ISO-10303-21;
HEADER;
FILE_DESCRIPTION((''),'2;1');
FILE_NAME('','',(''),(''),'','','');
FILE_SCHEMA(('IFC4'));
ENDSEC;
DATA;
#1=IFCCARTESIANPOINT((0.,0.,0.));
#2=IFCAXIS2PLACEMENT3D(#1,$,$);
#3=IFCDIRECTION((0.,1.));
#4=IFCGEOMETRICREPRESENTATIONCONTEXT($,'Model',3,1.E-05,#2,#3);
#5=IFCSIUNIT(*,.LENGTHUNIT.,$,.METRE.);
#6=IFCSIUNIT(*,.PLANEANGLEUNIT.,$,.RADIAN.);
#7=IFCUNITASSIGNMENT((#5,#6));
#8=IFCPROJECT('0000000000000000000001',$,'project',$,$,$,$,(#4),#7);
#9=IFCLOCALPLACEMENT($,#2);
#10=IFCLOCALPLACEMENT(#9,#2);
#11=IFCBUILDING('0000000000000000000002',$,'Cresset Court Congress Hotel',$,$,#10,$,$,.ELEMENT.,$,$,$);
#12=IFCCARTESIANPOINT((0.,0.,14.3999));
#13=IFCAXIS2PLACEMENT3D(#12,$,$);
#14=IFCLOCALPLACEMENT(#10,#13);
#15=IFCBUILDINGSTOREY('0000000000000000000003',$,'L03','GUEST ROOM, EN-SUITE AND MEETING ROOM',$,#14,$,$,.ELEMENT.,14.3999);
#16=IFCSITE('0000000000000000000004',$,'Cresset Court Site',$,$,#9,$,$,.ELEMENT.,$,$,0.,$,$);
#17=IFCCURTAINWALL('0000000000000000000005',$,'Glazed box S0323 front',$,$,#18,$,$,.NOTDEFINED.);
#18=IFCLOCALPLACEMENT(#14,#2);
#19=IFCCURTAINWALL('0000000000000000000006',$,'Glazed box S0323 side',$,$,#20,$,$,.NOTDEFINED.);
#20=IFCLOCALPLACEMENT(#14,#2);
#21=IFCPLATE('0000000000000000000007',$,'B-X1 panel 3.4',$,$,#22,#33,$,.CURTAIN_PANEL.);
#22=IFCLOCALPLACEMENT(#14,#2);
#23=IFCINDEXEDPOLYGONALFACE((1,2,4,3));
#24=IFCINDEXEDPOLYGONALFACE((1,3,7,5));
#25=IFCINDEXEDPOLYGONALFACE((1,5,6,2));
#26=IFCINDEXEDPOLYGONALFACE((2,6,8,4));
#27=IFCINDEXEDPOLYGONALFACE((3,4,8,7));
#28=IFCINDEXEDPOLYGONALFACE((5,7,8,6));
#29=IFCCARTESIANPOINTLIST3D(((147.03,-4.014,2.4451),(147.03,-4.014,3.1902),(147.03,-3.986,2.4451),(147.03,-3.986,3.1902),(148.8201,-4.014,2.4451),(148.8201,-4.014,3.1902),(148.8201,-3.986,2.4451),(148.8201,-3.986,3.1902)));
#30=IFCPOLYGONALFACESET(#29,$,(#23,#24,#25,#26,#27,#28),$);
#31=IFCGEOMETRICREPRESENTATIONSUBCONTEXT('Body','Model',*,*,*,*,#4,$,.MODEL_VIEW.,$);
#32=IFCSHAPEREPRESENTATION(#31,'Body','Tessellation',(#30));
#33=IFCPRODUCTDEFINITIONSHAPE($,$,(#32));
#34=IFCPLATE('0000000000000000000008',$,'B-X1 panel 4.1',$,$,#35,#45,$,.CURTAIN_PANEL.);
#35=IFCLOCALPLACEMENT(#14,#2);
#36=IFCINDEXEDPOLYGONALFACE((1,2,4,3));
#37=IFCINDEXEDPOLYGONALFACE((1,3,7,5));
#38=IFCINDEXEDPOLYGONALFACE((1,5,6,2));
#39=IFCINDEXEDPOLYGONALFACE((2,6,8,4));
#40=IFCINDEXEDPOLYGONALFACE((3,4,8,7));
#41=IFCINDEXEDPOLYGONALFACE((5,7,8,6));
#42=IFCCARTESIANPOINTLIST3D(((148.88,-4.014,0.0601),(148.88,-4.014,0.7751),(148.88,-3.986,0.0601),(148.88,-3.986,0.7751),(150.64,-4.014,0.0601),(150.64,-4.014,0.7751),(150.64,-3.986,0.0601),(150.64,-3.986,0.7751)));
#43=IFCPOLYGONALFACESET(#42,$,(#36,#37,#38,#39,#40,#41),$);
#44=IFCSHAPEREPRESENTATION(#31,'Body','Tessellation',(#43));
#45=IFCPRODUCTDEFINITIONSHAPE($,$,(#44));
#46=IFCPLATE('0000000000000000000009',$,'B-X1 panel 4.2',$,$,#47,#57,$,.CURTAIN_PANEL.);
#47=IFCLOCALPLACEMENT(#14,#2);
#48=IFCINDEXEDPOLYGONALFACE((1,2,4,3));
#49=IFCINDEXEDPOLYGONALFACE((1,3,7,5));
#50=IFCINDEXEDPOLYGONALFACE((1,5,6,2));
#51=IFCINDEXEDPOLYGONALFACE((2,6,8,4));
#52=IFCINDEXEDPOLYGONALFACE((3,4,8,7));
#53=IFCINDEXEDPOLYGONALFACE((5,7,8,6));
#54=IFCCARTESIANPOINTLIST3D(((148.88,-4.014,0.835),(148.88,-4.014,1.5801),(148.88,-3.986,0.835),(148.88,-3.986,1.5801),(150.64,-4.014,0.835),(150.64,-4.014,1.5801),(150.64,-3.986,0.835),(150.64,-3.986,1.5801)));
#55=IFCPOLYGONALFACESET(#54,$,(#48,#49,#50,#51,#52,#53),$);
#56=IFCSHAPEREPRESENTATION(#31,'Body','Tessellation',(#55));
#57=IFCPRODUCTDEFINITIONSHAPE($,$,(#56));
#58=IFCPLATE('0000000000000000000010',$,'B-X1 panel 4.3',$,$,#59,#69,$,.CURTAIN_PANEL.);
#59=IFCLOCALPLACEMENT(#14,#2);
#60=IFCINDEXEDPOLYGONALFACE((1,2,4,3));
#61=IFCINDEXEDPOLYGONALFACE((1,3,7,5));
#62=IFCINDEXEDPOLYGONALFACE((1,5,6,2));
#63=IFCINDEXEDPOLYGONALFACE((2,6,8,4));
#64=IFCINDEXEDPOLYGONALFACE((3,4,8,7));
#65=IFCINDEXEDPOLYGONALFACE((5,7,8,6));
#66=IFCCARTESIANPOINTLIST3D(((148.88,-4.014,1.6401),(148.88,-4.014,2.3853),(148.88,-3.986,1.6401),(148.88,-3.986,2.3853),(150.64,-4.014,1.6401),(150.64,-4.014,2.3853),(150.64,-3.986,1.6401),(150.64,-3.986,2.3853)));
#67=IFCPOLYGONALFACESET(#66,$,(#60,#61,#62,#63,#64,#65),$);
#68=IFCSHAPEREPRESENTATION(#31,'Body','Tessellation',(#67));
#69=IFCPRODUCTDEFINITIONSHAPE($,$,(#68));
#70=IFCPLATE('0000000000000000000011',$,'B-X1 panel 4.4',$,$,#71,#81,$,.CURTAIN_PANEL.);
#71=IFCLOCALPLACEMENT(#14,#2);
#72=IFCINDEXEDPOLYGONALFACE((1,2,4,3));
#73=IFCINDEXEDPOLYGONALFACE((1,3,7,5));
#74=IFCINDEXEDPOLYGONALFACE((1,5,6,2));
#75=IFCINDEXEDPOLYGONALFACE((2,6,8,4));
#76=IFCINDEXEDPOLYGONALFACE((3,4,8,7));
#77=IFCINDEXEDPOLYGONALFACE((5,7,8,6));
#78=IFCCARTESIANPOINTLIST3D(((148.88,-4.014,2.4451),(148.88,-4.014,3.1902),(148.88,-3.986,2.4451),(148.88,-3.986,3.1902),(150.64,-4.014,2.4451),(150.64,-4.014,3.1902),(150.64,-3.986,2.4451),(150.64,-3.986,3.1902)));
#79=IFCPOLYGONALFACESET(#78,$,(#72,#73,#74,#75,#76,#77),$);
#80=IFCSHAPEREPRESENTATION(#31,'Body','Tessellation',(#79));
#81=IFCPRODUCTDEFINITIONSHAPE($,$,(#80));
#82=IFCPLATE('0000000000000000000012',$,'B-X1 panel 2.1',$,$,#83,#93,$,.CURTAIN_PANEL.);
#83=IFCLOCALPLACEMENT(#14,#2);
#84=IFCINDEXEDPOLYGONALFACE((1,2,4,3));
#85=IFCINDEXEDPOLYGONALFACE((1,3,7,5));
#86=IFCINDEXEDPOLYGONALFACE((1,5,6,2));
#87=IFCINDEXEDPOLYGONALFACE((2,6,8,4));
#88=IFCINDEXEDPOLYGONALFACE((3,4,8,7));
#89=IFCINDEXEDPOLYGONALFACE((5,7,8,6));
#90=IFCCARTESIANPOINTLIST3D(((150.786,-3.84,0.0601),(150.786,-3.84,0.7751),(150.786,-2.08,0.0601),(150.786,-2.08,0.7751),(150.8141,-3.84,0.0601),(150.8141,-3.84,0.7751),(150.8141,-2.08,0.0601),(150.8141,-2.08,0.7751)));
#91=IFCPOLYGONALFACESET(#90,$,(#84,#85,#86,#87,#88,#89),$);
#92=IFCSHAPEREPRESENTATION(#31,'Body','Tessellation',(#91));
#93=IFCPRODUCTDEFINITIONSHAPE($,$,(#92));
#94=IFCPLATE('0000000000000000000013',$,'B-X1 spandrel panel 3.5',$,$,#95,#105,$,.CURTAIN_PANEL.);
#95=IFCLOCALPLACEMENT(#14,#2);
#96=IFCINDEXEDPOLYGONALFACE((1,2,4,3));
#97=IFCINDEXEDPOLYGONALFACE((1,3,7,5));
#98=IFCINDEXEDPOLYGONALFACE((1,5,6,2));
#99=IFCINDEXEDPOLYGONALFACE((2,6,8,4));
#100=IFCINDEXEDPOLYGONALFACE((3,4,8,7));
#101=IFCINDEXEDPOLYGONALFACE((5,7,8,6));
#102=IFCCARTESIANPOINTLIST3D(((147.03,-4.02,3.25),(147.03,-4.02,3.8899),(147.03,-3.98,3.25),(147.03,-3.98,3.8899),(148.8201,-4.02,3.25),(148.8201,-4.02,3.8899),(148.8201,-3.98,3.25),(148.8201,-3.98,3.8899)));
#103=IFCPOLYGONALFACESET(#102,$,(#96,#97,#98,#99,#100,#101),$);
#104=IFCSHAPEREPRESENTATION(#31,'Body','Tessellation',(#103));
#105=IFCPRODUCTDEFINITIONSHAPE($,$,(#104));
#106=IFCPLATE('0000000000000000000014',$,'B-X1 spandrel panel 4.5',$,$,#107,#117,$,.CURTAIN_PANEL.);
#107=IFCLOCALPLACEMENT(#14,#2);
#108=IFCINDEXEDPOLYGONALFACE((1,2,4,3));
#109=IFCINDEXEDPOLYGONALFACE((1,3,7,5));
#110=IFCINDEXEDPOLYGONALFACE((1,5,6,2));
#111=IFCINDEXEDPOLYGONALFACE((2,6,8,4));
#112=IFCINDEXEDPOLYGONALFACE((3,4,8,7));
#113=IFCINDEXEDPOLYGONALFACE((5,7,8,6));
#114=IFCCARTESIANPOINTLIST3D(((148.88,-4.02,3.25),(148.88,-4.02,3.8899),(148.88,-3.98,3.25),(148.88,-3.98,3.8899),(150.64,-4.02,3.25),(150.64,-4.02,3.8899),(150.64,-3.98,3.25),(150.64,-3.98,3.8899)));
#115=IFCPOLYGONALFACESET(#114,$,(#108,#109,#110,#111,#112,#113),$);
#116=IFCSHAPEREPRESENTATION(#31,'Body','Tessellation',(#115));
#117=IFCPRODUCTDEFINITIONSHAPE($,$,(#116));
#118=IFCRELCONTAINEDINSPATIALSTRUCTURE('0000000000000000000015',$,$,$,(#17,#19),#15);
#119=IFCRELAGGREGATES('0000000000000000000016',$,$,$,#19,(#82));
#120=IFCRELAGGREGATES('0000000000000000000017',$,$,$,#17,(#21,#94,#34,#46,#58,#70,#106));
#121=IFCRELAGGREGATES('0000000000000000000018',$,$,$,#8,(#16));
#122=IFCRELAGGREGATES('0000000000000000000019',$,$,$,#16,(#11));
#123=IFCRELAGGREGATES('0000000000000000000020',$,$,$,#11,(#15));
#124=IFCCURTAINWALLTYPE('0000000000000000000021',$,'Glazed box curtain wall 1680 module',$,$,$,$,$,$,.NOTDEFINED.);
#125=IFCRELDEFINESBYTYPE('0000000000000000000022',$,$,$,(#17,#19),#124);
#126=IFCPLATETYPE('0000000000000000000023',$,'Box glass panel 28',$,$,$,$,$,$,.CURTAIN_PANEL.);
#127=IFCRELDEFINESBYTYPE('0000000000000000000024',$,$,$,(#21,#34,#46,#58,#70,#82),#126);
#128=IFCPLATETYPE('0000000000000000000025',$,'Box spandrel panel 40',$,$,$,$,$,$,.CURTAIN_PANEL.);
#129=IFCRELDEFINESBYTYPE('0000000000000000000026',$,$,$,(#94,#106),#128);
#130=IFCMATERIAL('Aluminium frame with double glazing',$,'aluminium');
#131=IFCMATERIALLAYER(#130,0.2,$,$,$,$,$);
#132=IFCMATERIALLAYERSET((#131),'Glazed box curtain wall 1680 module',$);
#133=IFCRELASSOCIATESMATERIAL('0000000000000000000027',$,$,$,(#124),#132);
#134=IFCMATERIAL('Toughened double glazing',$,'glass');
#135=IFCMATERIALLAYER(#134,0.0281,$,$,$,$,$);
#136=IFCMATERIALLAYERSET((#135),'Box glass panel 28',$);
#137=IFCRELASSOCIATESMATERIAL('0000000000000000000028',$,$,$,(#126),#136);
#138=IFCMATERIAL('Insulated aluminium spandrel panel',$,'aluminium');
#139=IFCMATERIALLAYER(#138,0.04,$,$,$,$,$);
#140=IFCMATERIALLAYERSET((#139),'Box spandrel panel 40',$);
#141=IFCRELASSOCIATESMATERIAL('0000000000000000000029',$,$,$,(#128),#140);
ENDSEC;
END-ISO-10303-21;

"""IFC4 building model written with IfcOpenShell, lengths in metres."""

from ifc_helpers import new_model, si_unit, direction, frame, origin, origin_2d, place, context, subcontext, project, spatial, rectangle, extrude, material, layer, layer_set, type_object, element, aggregate, save


model = new_model("IFC4")

# Units and contexts
model_context = context("Model", 3, precision=1e-05, world=origin(), true_north=direction((0.0, 1.0)))
body_context = subcontext(model_context, "Body", "Model", "MODEL_VIEW")
ifc_project = project(units=[si_unit("LENGTHUNIT", "METRE"), si_unit("PLANEANGLEUNIT", "RADIAN")], contexts=[model_context])

# Site, building, storey
site_placement = place(None, origin())
site = spatial("IfcSite", under=ifc_project, at=site_placement, Name="Cresset Court Site", CompositionType="ELEMENT", RefElevation=0.0)
building_placement = place(site_placement, origin())
building = spatial("IfcBuilding", under=site, at=building_placement, Name="Cresset Court Congress Hotel", CompositionType="ELEMENT")
storey_placement = place(building_placement, frame((0.0, 0.0, 14.3999)))
storey = spatial("IfcBuildingStorey", under=building, at=storey_placement, Name="L03", Description="GUEST ROOM, EN-SUITE AND MEETING ROOM", CompositionType="ELEMENT", Elevation=14.3999)

# Curtain wall
ifc_material_1 = material(Name="Aluminium frame with double glazing", Category="aluminium")
ifc_layer_1 = layer(ifc_material_1, 0.2)
ifc_layer_set_1 = layer_set([ifc_layer_1], Name="Glazed box curtain wall 1680 module")
curtain_wall_type = type_object("IfcCurtainWallType", Name="Glazed box curtain wall 1680 module", PredefinedType="NOTDEFINED", material=ifc_layer_set_1)
curtain_wall_1_placement = place(storey_placement, origin())
curtain_wall_1 = element("IfcCurtainWall", 1, at=curtain_wall_1_placement, inside=storey, type_object=curtain_wall_type, Name="Glazed box S0323 front", PredefinedType="NOTDEFINED")

# Curtain wall
curtain_wall_2_placement = place(storey_placement, origin())
curtain_wall_2 = element("IfcCurtainWall", 2, at=curtain_wall_2_placement, inside=storey, type_object=curtain_wall_type, Name="Glazed box S0323 side", PredefinedType="NOTDEFINED")

# Plates
ifc_material_2 = material(Name="Toughened double glazing", Category="glass")
ifc_layer_2 = layer(ifc_material_2, 0.0281)
ifc_layer_set_2 = layer_set([ifc_layer_2], Name="Box glass panel 28")
plate_type_1 = type_object("IfcPlateType", Name="Box glass panel 28", PredefinedType="CURTAIN_PANEL", material=ifc_layer_set_2)
plate_1_placement = place(storey_placement, frame((147.925, -4.0, 2.4451), z_axis=(0.0, 0.0, 1.0), x_axis=(1.0, 0.0, 0.0)))
plate_1 = element("IfcPlate", 3, at=plate_1_placement, type_object=plate_type_1, Name="B-X1 panel 3.4", PredefinedType="CURTAIN_PANEL", context=body_context, shape_type="SweptSolid", body=[
    extrude(rectangle(XDim=1.79, YDim=0.0281, at=origin_2d()), origin(), (0.0, 0.0, 1.0), 0.7451),
])
plate_2_placement = place(storey_placement, frame((149.76, -4.0, 0.0601), z_axis=(0.0, 0.0, 1.0), x_axis=(1.0, 0.0, 0.0)))
plate_2 = element("IfcPlate", 4, at=plate_2_placement, type_object=plate_type_1, Name="B-X1 panel 4.1", PredefinedType="CURTAIN_PANEL", context=body_context, shape_type="SweptSolid", body=[
    extrude(rectangle(XDim=1.76, YDim=0.0281, at=origin_2d()), origin(), (0.0, 0.0, 1.0), 0.7151),
])
plate_3_placement = place(storey_placement, frame((149.76, -4.0, 0.835), z_axis=(0.0, 0.0, 1.0), x_axis=(1.0, 0.0, 0.0)))
plate_3 = element("IfcPlate", 5, at=plate_3_placement, type_object=plate_type_1, Name="B-X1 panel 4.2", PredefinedType="CURTAIN_PANEL", context=body_context, shape_type="SweptSolid", body=[
    extrude(rectangle(XDim=1.76, YDim=0.0281, at=origin_2d()), origin(), (0.0, 0.0, 1.0), 0.7451),
])
plate_4_placement = place(storey_placement, frame((149.76, -4.0, 1.6401), z_axis=(0.0, 0.0, 1.0), x_axis=(1.0, 0.0, 0.0)))
plate_4 = element("IfcPlate", 6, at=plate_4_placement, type_object=plate_type_1, Name="B-X1 panel 4.3", PredefinedType="CURTAIN_PANEL", context=body_context, shape_type="SweptSolid", body=[
    extrude(rectangle(XDim=1.76, YDim=0.0281, at=origin_2d()), origin(), (0.0, 0.0, 1.0), 0.7451),
])
plate_5_placement = place(storey_placement, frame((149.76, -4.0, 2.4451), z_axis=(0.0, 0.0, 1.0), x_axis=(1.0, 0.0, 0.0)))
plate_5 = element("IfcPlate", 7, at=plate_5_placement, type_object=plate_type_1, Name="B-X1 panel 4.4", PredefinedType="CURTAIN_PANEL", context=body_context, shape_type="SweptSolid", body=[
    extrude(rectangle(XDim=1.76, YDim=0.0281, at=origin_2d()), origin(), (0.0, 0.0, 1.0), 0.7451),
])
plate_6_placement = place(storey_placement, frame((150.8, -2.96, 0.0601), z_axis=(0.0, 0.0, 1.0), x_axis=(0.0, -1.0, 0.0)))
plate_6 = element("IfcPlate", 8, at=plate_6_placement, type_object=plate_type_1, Name="B-X1 panel 2.1", PredefinedType="CURTAIN_PANEL", context=body_context, shape_type="SweptSolid", body=[
    extrude(rectangle(XDim=1.76, YDim=0.0281, at=origin_2d()), origin(), (0.0, 0.0, 1.0), 0.7151),
])
aggregate(curtain_wall_2, [plate_6])
ifc_material_3 = material(Name="Insulated aluminium spandrel panel", Category="aluminium")
ifc_layer_3 = layer(ifc_material_3, 0.04)
ifc_layer_set_3 = layer_set([ifc_layer_3], Name="Box spandrel panel 40")
plate_type_2 = type_object("IfcPlateType", Name="Box spandrel panel 40", PredefinedType="CURTAIN_PANEL", material=ifc_layer_set_3)
plate_7_placement = place(storey_placement, frame((147.925, -4.0, 3.25), z_axis=(0.0, 0.0, 1.0), x_axis=(1.0, 0.0, 0.0)))
plate_7 = element("IfcPlate", 9, at=plate_7_placement, type_object=plate_type_2, Name="B-X1 spandrel panel 3.5", PredefinedType="CURTAIN_PANEL", context=body_context, shape_type="SweptSolid", body=[
    extrude(rectangle(XDim=1.79, YDim=0.04, at=origin_2d()), origin(), (0.0, 0.0, 1.0), 0.6399),
])
plate_8_placement = place(storey_placement, frame((149.76, -4.0, 3.25), z_axis=(0.0, 0.0, 1.0), x_axis=(1.0, 0.0, 0.0)))
plate_8 = element("IfcPlate", 10, at=plate_8_placement, type_object=plate_type_2, Name="B-X1 spandrel panel 4.5", PredefinedType="CURTAIN_PANEL", context=body_context, shape_type="SweptSolid", body=[
    extrude(rectangle(XDim=1.76, YDim=0.04, at=origin_2d()), origin(), (0.0, 0.0, 1.0), 0.6399),
])
aggregate(curtain_wall_1, [plate_1, plate_7, plate_2, plate_3, plate_4, plate_5, plate_8])

save(model, "model.ifc")
